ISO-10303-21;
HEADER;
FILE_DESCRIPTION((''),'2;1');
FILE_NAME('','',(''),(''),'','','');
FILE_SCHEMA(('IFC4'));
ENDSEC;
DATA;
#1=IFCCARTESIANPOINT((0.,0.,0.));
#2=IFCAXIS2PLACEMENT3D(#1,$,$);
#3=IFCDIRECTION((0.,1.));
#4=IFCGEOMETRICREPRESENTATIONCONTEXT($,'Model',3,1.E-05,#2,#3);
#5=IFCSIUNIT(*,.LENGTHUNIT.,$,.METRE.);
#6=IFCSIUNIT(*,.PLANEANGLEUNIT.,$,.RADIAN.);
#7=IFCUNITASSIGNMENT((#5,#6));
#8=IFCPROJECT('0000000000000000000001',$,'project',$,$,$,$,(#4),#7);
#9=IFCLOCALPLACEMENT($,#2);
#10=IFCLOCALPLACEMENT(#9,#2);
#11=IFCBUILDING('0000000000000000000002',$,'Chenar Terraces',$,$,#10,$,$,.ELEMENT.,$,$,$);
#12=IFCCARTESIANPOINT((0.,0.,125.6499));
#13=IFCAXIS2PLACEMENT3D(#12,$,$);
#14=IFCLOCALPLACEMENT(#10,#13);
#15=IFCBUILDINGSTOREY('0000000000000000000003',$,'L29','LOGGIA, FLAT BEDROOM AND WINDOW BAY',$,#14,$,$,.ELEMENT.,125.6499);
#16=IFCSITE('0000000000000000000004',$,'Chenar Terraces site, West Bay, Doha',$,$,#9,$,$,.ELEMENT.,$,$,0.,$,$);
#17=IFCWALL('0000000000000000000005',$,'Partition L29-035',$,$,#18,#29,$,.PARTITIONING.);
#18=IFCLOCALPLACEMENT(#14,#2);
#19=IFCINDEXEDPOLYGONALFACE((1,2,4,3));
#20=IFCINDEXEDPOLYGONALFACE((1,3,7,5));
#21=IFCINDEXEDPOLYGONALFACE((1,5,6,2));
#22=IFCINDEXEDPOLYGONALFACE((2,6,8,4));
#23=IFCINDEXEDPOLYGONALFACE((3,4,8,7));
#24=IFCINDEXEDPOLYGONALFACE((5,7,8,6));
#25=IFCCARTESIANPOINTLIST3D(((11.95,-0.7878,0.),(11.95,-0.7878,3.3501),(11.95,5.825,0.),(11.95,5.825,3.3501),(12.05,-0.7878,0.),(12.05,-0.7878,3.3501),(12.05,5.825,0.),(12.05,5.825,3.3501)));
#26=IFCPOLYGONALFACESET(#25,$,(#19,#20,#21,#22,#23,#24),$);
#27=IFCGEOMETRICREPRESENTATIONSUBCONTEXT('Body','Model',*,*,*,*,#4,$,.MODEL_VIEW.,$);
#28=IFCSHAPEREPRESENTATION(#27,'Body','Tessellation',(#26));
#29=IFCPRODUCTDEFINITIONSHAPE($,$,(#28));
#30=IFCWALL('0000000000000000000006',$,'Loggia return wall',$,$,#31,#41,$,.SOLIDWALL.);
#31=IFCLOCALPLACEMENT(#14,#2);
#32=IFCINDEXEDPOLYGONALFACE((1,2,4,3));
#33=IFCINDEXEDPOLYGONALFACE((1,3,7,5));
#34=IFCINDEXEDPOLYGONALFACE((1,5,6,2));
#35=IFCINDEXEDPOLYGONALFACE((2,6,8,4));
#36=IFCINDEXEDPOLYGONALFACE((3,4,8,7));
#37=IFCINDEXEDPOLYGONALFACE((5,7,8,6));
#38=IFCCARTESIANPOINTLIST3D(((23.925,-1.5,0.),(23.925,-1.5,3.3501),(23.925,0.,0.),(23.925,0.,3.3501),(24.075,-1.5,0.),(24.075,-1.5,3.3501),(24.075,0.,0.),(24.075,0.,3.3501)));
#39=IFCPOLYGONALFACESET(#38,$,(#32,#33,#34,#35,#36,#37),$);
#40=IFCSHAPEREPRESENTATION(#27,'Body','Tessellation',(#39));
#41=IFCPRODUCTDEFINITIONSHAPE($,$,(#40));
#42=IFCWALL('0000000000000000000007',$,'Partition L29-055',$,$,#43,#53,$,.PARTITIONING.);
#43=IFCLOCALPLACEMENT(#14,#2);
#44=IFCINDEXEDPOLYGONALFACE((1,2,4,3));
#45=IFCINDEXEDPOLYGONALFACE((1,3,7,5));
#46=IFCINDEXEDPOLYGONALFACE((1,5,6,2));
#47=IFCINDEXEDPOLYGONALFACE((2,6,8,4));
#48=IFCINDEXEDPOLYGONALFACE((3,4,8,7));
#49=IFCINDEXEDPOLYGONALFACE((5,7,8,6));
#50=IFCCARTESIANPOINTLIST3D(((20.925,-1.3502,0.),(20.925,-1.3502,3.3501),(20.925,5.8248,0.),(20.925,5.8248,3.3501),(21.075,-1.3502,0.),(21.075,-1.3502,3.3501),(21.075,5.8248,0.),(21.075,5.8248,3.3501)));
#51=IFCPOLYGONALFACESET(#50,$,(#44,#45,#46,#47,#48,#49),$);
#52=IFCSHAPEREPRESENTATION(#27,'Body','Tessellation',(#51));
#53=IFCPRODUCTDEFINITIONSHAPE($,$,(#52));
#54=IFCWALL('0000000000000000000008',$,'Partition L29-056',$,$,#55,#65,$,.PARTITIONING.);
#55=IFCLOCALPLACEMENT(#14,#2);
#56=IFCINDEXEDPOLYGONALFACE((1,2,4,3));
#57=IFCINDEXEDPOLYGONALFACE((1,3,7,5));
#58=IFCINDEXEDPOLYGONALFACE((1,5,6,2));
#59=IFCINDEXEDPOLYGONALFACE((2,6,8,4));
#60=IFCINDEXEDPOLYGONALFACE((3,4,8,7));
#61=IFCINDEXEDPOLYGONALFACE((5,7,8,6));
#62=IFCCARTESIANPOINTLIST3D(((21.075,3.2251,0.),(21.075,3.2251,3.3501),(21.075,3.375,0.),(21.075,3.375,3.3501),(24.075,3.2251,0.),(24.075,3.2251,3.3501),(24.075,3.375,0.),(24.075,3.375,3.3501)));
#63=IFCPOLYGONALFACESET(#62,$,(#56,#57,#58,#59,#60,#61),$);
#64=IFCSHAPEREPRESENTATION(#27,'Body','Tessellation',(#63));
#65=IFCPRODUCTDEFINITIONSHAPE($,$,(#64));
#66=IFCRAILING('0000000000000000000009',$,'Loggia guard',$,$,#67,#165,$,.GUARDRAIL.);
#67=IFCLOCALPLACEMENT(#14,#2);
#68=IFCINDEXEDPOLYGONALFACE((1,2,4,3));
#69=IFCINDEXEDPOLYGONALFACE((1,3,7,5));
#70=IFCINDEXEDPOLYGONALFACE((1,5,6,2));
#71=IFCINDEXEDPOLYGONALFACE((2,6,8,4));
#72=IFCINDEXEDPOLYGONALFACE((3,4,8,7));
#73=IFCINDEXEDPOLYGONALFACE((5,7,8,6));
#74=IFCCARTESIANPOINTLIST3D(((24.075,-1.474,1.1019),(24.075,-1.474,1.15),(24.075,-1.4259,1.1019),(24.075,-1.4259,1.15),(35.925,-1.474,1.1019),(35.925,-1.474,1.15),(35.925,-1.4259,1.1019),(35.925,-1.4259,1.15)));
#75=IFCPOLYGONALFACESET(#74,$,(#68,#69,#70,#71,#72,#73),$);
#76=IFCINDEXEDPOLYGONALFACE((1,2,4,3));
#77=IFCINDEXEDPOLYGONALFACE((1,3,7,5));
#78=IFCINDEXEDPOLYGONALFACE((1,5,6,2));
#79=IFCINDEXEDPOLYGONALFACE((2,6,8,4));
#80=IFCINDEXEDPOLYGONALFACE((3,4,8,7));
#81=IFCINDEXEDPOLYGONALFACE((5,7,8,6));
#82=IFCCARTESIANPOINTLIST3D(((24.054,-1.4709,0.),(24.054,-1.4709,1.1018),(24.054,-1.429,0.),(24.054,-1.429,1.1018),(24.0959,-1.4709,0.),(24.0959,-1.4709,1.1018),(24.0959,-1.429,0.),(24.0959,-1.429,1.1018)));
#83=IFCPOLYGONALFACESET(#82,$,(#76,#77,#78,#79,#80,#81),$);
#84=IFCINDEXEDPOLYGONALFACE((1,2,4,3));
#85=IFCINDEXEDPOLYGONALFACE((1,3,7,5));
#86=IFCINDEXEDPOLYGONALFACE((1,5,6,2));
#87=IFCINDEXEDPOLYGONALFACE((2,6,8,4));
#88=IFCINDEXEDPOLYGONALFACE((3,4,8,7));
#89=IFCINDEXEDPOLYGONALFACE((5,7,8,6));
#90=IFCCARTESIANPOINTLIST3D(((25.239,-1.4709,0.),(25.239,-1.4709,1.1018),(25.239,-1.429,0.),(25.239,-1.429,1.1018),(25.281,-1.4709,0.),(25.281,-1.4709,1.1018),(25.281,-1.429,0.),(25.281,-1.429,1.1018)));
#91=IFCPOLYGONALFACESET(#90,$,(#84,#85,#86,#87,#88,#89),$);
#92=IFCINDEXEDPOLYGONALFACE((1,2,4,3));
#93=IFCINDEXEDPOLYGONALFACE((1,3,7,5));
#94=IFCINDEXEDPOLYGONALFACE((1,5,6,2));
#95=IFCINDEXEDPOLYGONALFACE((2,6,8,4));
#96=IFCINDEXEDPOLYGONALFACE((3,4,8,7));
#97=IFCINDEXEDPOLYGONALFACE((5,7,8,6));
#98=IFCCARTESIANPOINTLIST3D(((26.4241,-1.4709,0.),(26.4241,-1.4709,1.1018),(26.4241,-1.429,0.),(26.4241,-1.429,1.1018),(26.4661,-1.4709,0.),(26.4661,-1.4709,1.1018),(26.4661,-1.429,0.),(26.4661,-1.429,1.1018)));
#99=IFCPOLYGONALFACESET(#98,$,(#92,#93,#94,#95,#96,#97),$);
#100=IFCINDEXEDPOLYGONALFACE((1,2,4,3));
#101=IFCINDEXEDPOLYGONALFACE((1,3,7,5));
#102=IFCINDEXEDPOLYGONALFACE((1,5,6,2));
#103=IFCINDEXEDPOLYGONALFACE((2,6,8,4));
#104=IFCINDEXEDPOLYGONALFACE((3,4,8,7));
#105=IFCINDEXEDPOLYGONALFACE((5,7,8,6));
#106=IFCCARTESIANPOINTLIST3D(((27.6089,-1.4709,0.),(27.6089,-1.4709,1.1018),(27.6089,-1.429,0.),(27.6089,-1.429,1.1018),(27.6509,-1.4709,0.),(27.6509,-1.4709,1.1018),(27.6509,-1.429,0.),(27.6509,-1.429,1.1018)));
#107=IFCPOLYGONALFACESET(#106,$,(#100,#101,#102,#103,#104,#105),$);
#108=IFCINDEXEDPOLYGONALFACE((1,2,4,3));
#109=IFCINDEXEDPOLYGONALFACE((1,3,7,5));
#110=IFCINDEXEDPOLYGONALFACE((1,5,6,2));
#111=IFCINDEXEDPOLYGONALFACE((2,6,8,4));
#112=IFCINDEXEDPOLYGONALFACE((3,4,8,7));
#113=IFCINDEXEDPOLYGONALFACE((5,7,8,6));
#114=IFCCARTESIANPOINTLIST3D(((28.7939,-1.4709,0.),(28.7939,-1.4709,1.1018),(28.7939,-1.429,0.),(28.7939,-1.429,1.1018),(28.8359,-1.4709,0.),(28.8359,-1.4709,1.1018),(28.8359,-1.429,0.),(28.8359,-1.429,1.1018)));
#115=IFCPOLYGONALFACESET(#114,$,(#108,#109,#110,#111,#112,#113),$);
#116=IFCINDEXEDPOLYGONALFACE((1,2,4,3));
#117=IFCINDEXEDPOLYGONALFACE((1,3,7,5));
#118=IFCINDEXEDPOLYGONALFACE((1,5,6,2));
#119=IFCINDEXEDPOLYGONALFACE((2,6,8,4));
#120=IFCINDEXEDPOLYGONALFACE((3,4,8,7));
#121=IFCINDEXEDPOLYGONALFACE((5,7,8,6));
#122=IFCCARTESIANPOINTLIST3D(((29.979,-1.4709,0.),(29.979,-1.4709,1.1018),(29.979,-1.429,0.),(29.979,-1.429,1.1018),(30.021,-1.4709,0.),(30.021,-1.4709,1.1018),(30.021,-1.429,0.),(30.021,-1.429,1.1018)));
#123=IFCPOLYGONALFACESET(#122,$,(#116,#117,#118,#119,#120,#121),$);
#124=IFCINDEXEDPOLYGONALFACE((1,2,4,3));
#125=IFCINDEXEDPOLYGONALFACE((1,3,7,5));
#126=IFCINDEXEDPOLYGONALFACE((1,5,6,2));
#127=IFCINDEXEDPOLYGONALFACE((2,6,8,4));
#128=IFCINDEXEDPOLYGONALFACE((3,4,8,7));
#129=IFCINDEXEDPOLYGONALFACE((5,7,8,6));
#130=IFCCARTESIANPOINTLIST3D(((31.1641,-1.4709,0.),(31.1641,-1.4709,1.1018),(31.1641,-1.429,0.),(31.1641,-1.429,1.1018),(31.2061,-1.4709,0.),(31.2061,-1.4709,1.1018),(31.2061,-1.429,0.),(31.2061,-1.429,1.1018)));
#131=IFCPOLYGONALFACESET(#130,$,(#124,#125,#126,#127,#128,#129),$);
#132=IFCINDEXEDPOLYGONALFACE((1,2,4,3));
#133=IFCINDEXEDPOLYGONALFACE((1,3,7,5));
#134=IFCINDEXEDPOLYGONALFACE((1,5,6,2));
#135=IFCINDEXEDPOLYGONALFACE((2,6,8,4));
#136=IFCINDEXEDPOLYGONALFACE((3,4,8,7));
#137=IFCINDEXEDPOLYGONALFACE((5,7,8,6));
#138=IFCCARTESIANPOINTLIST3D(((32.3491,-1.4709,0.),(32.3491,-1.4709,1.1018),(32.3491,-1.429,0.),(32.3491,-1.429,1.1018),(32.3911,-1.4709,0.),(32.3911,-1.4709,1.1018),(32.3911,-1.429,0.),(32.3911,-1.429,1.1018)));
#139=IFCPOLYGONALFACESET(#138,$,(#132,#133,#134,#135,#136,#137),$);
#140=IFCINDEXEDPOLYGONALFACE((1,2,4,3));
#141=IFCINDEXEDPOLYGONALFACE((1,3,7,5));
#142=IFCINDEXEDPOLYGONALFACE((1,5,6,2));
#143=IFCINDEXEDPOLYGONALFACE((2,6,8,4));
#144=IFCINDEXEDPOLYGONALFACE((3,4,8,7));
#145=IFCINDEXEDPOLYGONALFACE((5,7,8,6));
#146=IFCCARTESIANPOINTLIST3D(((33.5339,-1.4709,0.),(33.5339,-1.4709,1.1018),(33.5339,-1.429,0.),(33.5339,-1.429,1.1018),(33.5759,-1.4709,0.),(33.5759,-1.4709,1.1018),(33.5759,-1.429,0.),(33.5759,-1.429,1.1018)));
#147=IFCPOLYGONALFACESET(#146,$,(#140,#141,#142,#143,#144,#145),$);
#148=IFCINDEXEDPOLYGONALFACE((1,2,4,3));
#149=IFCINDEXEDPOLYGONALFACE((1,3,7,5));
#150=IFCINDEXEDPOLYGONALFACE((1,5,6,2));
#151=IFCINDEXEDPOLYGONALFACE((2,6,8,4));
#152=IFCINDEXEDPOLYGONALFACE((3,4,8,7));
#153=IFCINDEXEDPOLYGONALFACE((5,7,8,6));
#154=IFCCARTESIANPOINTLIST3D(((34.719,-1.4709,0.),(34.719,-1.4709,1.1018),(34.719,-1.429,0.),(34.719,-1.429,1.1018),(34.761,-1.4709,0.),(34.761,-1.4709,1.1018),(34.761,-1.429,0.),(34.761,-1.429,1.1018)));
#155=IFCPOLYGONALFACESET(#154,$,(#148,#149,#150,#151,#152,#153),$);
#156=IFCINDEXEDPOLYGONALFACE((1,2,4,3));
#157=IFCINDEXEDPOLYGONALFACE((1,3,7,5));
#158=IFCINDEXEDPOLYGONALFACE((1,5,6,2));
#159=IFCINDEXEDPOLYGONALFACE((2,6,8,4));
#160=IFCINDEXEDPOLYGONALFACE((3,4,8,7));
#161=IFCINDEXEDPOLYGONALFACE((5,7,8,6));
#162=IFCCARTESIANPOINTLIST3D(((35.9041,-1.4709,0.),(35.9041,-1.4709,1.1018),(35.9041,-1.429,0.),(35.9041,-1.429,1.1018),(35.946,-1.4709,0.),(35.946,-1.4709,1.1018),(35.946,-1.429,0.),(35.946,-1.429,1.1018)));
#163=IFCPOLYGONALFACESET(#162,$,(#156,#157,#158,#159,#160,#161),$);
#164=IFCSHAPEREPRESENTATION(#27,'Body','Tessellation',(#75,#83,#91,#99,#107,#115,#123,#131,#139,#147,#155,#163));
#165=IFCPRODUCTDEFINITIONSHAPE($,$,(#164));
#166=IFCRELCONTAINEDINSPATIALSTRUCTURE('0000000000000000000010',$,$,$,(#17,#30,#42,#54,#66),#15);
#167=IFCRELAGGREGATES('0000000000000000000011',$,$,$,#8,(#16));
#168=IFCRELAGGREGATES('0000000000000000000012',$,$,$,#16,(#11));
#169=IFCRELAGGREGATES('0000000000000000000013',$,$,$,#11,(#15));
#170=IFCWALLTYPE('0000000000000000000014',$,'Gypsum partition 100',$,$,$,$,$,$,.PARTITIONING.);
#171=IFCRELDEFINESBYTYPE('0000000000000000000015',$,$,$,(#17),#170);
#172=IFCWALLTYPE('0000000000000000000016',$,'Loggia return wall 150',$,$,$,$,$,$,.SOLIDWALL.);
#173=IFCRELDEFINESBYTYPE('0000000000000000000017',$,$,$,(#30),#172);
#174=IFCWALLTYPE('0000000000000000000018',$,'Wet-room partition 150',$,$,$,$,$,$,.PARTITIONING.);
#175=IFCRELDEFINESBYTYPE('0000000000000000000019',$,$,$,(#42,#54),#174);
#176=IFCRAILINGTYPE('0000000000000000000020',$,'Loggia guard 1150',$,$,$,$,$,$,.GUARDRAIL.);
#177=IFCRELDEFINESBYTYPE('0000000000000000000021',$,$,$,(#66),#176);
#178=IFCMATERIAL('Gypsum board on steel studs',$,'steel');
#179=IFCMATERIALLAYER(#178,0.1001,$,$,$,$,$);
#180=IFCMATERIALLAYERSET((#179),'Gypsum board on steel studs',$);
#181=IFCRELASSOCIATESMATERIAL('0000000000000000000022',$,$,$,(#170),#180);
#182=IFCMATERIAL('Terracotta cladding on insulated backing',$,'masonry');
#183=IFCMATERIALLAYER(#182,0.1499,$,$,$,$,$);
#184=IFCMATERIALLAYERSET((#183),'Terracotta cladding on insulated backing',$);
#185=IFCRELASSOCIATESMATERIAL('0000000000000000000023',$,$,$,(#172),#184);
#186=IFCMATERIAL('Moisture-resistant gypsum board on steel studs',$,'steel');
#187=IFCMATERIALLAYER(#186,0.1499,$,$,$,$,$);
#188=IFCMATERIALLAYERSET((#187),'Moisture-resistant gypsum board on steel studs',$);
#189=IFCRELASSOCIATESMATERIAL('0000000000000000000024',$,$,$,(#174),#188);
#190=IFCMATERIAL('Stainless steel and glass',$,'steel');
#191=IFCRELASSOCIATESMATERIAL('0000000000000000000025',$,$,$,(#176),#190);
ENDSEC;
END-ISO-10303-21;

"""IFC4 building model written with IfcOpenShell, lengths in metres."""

from ifc_helpers import new_model, si_unit, direction, frame, frame_2d, origin, origin_2d, place, context, subcontext, project, spatial, rectangle, extrude, material, layer, layer_set, type_object, element, save


model = new_model("IFC4")

# Units and contexts
model_context = context("Model", 3, precision=1e-05, world=origin(), true_north=direction((0.0, 1.0)))
body_context = subcontext(model_context, "Body", "Model", "MODEL_VIEW")
ifc_project = project(units=[si_unit("LENGTHUNIT", "METRE"), si_unit("PLANEANGLEUNIT", "RADIAN")], contexts=[model_context])

# Site, building, storey
site_placement = place(None, origin())
site = spatial("IfcSite", under=ifc_project, at=site_placement, Name="Chenar Terraces site, West Bay, Doha", CompositionType="ELEMENT", RefElevation=0.0)
building_placement = place(site_placement, origin())
building = spatial("IfcBuilding", under=site, at=building_placement, Name="Chenar Terraces", CompositionType="ELEMENT")
storey_placement = place(building_placement, frame((0.0, 0.0, 125.6499)))
storey = spatial("IfcBuildingStorey", under=building, at=storey_placement, Name="L29", Description="LOGGIA, FLAT BEDROOM AND WINDOW BAY", CompositionType="ELEMENT", Elevation=125.6499)

# Walls
ifc_material_1 = material(Name="Gypsum board on steel studs", Category="steel")
ifc_layer_1 = layer(ifc_material_1, 0.1001)
ifc_layer_set_1 = layer_set([ifc_layer_1], Name="Gypsum board on steel studs")
wall_type_1 = type_object("IfcWallType", Name="Gypsum partition 100", PredefinedType="PARTITIONING", material=ifc_layer_set_1)
wall_1_placement = place(storey_placement, frame((12.0, -0.7878, 0.0), z_axis=(0.0, 0.0, 1.0), x_axis=(0.0, 1.0, 0.0)))
element("IfcWall", 1, at=wall_1_placement, inside=storey, type_object=wall_type_1, Name="Partition L29-035", PredefinedType="PARTITIONING", context=body_context, shape_type="SweptSolid", body=[
    extrude(rectangle(XDim=6.6128, YDim=0.1001, at=frame_2d((3.3064, 0.0))), origin(), (0.0, 0.0, 1.0), 3.3501),
])
ifc_material_2 = material(Name="Terracotta cladding on insulated backing", Category="masonry")
ifc_layer_2 = layer(ifc_material_2, 0.1499)
ifc_layer_set_2 = layer_set([ifc_layer_2], Name="Terracotta cladding on insulated backing")
wall_type_2 = type_object("IfcWallType", Name="Loggia return wall 150", PredefinedType="SOLIDWALL", material=ifc_layer_set_2)
wall_2_placement = place(storey_placement, frame((24.0, -1.5, 0.0), z_axis=(0.0, 0.0, 1.0), x_axis=(0.0, 1.0, 0.0)))
element("IfcWall", 2, at=wall_2_placement, inside=storey, type_object=wall_type_2, Name="Loggia return wall", PredefinedType="SOLIDWALL", context=body_context, shape_type="SweptSolid", body=[
    extrude(rectangle(XDim=1.5, YDim=0.1499, at=frame_2d((0.75, 0.0))), origin(), (0.0, 0.0, 1.0), 3.3501),
])
ifc_material_3 = material(Name="Moisture-resistant gypsum board on steel studs", Category="steel")
ifc_layer_3 = layer(ifc_material_3, 0.1499)
ifc_layer_set_3 = layer_set([ifc_layer_3], Name="Moisture-resistant gypsum board on steel studs")
wall_type_3 = type_object("IfcWallType", Name="Wet-room partition 150", PredefinedType="PARTITIONING", material=ifc_layer_set_3)
wall_3_placement = place(storey_placement, frame((21.0, -1.3501, 0.0), z_axis=(0.0, 0.0, 1.0), x_axis=(0.0, 1.0, 0.0)))
element("IfcWall", 3, at=wall_3_placement, inside=storey, type_object=wall_type_3, Name="Partition L29-055", PredefinedType="PARTITIONING", context=body_context, shape_type="SweptSolid", body=[
    extrude(rectangle(XDim=7.175, YDim=0.1499, at=frame_2d((3.5874, 0.0))), origin(), (0.0, 0.0, 1.0), 3.3501),
])
wall_4_placement = place(storey_placement, frame((21.075, 3.3, 0.0), z_axis=(0.0, 0.0, 1.0), x_axis=(1.0, 0.0, 0.0)))
element("IfcWall", 4, at=wall_4_placement, inside=storey, type_object=wall_type_3, Name="Partition L29-056", PredefinedType="PARTITIONING", context=body_context, shape_type="SweptSolid", body=[
    extrude(rectangle(XDim=3.0, YDim=0.1499, at=frame_2d((1.5, 0.0))), origin(), (0.0, 0.0, 1.0), 3.3501),
])

# Railing
ifc_material_4 = material(Name="Stainless steel and glass", Category="steel")
railing_type = type_object("IfcRailingType", Name="Loggia guard 1150", PredefinedType="GUARDRAIL", material=ifc_material_4)
railing_placement = place(storey_placement, frame((24.075, -1.45, 0.0)))
element("IfcRailing", 5, at=railing_placement, inside=storey, type_object=railing_type, Name="Loggia guard", PredefinedType="GUARDRAIL", context=body_context, shape_type="SweptSolid", body=[
    extrude(rectangle(XDim=0.0481, YDim=0.0481, at=origin_2d()), frame((0.0, 0.0, 1.126), z_axis=(1.0, 0.0, 0.0), x_axis=(0.0, 1.0, 0.0)), (0.0, 0.0, 1.0), 11.8501),
    extrude(rectangle(XDim=0.042, YDim=0.042, at=origin_2d()), origin(), (0.0, 0.0, 1.0), 1.1018),
    extrude(rectangle(XDim=0.042, YDim=0.042, at=origin_2d()), frame((1.1851, 0.0, 0.0)), (0.0, 0.0, 1.0), 1.1018),
    extrude(rectangle(XDim=0.042, YDim=0.042, at=origin_2d()), frame((2.3701, 0.0, 0.0)), (0.0, 0.0, 1.0), 1.1018),
    extrude(rectangle(XDim=0.042, YDim=0.042, at=origin_2d()), frame((3.5549, 0.0, 0.0)), (0.0, 0.0, 1.0), 1.1018),
    extrude(rectangle(XDim=0.042, YDim=0.042, at=origin_2d()), frame((4.74, 0.0, 0.0)), (0.0, 0.0, 1.0), 1.1018),
    extrude(rectangle(XDim=0.042, YDim=0.042, at=origin_2d()), frame((5.925, 0.0, 0.0)), (0.0, 0.0, 1.0), 1.1018),
    extrude(rectangle(XDim=0.042, YDim=0.042, at=origin_2d()), frame((7.1101, 0.0, 0.0)), (0.0, 0.0, 1.0), 1.1018),
    extrude(rectangle(XDim=0.042, YDim=0.042, at=origin_2d()), frame((8.2952, 0.0, 0.0)), (0.0, 0.0, 1.0), 1.1018),
    extrude(rectangle(XDim=0.042, YDim=0.042, at=origin_2d()), frame((9.48, 0.0, 0.0)), (0.0, 0.0, 1.0), 1.1018),
    extrude(rectangle(XDim=0.042, YDim=0.042, at=origin_2d()), frame((10.665, 0.0, 0.0)), (0.0, 0.0, 1.0), 1.1018),
    extrude(rectangle(XDim=0.042, YDim=0.042, at=origin_2d()), frame((11.8501, 0.0, 0.0)), (0.0, 0.0, 1.0), 1.1018),
])

save(model, "model.ifc")
